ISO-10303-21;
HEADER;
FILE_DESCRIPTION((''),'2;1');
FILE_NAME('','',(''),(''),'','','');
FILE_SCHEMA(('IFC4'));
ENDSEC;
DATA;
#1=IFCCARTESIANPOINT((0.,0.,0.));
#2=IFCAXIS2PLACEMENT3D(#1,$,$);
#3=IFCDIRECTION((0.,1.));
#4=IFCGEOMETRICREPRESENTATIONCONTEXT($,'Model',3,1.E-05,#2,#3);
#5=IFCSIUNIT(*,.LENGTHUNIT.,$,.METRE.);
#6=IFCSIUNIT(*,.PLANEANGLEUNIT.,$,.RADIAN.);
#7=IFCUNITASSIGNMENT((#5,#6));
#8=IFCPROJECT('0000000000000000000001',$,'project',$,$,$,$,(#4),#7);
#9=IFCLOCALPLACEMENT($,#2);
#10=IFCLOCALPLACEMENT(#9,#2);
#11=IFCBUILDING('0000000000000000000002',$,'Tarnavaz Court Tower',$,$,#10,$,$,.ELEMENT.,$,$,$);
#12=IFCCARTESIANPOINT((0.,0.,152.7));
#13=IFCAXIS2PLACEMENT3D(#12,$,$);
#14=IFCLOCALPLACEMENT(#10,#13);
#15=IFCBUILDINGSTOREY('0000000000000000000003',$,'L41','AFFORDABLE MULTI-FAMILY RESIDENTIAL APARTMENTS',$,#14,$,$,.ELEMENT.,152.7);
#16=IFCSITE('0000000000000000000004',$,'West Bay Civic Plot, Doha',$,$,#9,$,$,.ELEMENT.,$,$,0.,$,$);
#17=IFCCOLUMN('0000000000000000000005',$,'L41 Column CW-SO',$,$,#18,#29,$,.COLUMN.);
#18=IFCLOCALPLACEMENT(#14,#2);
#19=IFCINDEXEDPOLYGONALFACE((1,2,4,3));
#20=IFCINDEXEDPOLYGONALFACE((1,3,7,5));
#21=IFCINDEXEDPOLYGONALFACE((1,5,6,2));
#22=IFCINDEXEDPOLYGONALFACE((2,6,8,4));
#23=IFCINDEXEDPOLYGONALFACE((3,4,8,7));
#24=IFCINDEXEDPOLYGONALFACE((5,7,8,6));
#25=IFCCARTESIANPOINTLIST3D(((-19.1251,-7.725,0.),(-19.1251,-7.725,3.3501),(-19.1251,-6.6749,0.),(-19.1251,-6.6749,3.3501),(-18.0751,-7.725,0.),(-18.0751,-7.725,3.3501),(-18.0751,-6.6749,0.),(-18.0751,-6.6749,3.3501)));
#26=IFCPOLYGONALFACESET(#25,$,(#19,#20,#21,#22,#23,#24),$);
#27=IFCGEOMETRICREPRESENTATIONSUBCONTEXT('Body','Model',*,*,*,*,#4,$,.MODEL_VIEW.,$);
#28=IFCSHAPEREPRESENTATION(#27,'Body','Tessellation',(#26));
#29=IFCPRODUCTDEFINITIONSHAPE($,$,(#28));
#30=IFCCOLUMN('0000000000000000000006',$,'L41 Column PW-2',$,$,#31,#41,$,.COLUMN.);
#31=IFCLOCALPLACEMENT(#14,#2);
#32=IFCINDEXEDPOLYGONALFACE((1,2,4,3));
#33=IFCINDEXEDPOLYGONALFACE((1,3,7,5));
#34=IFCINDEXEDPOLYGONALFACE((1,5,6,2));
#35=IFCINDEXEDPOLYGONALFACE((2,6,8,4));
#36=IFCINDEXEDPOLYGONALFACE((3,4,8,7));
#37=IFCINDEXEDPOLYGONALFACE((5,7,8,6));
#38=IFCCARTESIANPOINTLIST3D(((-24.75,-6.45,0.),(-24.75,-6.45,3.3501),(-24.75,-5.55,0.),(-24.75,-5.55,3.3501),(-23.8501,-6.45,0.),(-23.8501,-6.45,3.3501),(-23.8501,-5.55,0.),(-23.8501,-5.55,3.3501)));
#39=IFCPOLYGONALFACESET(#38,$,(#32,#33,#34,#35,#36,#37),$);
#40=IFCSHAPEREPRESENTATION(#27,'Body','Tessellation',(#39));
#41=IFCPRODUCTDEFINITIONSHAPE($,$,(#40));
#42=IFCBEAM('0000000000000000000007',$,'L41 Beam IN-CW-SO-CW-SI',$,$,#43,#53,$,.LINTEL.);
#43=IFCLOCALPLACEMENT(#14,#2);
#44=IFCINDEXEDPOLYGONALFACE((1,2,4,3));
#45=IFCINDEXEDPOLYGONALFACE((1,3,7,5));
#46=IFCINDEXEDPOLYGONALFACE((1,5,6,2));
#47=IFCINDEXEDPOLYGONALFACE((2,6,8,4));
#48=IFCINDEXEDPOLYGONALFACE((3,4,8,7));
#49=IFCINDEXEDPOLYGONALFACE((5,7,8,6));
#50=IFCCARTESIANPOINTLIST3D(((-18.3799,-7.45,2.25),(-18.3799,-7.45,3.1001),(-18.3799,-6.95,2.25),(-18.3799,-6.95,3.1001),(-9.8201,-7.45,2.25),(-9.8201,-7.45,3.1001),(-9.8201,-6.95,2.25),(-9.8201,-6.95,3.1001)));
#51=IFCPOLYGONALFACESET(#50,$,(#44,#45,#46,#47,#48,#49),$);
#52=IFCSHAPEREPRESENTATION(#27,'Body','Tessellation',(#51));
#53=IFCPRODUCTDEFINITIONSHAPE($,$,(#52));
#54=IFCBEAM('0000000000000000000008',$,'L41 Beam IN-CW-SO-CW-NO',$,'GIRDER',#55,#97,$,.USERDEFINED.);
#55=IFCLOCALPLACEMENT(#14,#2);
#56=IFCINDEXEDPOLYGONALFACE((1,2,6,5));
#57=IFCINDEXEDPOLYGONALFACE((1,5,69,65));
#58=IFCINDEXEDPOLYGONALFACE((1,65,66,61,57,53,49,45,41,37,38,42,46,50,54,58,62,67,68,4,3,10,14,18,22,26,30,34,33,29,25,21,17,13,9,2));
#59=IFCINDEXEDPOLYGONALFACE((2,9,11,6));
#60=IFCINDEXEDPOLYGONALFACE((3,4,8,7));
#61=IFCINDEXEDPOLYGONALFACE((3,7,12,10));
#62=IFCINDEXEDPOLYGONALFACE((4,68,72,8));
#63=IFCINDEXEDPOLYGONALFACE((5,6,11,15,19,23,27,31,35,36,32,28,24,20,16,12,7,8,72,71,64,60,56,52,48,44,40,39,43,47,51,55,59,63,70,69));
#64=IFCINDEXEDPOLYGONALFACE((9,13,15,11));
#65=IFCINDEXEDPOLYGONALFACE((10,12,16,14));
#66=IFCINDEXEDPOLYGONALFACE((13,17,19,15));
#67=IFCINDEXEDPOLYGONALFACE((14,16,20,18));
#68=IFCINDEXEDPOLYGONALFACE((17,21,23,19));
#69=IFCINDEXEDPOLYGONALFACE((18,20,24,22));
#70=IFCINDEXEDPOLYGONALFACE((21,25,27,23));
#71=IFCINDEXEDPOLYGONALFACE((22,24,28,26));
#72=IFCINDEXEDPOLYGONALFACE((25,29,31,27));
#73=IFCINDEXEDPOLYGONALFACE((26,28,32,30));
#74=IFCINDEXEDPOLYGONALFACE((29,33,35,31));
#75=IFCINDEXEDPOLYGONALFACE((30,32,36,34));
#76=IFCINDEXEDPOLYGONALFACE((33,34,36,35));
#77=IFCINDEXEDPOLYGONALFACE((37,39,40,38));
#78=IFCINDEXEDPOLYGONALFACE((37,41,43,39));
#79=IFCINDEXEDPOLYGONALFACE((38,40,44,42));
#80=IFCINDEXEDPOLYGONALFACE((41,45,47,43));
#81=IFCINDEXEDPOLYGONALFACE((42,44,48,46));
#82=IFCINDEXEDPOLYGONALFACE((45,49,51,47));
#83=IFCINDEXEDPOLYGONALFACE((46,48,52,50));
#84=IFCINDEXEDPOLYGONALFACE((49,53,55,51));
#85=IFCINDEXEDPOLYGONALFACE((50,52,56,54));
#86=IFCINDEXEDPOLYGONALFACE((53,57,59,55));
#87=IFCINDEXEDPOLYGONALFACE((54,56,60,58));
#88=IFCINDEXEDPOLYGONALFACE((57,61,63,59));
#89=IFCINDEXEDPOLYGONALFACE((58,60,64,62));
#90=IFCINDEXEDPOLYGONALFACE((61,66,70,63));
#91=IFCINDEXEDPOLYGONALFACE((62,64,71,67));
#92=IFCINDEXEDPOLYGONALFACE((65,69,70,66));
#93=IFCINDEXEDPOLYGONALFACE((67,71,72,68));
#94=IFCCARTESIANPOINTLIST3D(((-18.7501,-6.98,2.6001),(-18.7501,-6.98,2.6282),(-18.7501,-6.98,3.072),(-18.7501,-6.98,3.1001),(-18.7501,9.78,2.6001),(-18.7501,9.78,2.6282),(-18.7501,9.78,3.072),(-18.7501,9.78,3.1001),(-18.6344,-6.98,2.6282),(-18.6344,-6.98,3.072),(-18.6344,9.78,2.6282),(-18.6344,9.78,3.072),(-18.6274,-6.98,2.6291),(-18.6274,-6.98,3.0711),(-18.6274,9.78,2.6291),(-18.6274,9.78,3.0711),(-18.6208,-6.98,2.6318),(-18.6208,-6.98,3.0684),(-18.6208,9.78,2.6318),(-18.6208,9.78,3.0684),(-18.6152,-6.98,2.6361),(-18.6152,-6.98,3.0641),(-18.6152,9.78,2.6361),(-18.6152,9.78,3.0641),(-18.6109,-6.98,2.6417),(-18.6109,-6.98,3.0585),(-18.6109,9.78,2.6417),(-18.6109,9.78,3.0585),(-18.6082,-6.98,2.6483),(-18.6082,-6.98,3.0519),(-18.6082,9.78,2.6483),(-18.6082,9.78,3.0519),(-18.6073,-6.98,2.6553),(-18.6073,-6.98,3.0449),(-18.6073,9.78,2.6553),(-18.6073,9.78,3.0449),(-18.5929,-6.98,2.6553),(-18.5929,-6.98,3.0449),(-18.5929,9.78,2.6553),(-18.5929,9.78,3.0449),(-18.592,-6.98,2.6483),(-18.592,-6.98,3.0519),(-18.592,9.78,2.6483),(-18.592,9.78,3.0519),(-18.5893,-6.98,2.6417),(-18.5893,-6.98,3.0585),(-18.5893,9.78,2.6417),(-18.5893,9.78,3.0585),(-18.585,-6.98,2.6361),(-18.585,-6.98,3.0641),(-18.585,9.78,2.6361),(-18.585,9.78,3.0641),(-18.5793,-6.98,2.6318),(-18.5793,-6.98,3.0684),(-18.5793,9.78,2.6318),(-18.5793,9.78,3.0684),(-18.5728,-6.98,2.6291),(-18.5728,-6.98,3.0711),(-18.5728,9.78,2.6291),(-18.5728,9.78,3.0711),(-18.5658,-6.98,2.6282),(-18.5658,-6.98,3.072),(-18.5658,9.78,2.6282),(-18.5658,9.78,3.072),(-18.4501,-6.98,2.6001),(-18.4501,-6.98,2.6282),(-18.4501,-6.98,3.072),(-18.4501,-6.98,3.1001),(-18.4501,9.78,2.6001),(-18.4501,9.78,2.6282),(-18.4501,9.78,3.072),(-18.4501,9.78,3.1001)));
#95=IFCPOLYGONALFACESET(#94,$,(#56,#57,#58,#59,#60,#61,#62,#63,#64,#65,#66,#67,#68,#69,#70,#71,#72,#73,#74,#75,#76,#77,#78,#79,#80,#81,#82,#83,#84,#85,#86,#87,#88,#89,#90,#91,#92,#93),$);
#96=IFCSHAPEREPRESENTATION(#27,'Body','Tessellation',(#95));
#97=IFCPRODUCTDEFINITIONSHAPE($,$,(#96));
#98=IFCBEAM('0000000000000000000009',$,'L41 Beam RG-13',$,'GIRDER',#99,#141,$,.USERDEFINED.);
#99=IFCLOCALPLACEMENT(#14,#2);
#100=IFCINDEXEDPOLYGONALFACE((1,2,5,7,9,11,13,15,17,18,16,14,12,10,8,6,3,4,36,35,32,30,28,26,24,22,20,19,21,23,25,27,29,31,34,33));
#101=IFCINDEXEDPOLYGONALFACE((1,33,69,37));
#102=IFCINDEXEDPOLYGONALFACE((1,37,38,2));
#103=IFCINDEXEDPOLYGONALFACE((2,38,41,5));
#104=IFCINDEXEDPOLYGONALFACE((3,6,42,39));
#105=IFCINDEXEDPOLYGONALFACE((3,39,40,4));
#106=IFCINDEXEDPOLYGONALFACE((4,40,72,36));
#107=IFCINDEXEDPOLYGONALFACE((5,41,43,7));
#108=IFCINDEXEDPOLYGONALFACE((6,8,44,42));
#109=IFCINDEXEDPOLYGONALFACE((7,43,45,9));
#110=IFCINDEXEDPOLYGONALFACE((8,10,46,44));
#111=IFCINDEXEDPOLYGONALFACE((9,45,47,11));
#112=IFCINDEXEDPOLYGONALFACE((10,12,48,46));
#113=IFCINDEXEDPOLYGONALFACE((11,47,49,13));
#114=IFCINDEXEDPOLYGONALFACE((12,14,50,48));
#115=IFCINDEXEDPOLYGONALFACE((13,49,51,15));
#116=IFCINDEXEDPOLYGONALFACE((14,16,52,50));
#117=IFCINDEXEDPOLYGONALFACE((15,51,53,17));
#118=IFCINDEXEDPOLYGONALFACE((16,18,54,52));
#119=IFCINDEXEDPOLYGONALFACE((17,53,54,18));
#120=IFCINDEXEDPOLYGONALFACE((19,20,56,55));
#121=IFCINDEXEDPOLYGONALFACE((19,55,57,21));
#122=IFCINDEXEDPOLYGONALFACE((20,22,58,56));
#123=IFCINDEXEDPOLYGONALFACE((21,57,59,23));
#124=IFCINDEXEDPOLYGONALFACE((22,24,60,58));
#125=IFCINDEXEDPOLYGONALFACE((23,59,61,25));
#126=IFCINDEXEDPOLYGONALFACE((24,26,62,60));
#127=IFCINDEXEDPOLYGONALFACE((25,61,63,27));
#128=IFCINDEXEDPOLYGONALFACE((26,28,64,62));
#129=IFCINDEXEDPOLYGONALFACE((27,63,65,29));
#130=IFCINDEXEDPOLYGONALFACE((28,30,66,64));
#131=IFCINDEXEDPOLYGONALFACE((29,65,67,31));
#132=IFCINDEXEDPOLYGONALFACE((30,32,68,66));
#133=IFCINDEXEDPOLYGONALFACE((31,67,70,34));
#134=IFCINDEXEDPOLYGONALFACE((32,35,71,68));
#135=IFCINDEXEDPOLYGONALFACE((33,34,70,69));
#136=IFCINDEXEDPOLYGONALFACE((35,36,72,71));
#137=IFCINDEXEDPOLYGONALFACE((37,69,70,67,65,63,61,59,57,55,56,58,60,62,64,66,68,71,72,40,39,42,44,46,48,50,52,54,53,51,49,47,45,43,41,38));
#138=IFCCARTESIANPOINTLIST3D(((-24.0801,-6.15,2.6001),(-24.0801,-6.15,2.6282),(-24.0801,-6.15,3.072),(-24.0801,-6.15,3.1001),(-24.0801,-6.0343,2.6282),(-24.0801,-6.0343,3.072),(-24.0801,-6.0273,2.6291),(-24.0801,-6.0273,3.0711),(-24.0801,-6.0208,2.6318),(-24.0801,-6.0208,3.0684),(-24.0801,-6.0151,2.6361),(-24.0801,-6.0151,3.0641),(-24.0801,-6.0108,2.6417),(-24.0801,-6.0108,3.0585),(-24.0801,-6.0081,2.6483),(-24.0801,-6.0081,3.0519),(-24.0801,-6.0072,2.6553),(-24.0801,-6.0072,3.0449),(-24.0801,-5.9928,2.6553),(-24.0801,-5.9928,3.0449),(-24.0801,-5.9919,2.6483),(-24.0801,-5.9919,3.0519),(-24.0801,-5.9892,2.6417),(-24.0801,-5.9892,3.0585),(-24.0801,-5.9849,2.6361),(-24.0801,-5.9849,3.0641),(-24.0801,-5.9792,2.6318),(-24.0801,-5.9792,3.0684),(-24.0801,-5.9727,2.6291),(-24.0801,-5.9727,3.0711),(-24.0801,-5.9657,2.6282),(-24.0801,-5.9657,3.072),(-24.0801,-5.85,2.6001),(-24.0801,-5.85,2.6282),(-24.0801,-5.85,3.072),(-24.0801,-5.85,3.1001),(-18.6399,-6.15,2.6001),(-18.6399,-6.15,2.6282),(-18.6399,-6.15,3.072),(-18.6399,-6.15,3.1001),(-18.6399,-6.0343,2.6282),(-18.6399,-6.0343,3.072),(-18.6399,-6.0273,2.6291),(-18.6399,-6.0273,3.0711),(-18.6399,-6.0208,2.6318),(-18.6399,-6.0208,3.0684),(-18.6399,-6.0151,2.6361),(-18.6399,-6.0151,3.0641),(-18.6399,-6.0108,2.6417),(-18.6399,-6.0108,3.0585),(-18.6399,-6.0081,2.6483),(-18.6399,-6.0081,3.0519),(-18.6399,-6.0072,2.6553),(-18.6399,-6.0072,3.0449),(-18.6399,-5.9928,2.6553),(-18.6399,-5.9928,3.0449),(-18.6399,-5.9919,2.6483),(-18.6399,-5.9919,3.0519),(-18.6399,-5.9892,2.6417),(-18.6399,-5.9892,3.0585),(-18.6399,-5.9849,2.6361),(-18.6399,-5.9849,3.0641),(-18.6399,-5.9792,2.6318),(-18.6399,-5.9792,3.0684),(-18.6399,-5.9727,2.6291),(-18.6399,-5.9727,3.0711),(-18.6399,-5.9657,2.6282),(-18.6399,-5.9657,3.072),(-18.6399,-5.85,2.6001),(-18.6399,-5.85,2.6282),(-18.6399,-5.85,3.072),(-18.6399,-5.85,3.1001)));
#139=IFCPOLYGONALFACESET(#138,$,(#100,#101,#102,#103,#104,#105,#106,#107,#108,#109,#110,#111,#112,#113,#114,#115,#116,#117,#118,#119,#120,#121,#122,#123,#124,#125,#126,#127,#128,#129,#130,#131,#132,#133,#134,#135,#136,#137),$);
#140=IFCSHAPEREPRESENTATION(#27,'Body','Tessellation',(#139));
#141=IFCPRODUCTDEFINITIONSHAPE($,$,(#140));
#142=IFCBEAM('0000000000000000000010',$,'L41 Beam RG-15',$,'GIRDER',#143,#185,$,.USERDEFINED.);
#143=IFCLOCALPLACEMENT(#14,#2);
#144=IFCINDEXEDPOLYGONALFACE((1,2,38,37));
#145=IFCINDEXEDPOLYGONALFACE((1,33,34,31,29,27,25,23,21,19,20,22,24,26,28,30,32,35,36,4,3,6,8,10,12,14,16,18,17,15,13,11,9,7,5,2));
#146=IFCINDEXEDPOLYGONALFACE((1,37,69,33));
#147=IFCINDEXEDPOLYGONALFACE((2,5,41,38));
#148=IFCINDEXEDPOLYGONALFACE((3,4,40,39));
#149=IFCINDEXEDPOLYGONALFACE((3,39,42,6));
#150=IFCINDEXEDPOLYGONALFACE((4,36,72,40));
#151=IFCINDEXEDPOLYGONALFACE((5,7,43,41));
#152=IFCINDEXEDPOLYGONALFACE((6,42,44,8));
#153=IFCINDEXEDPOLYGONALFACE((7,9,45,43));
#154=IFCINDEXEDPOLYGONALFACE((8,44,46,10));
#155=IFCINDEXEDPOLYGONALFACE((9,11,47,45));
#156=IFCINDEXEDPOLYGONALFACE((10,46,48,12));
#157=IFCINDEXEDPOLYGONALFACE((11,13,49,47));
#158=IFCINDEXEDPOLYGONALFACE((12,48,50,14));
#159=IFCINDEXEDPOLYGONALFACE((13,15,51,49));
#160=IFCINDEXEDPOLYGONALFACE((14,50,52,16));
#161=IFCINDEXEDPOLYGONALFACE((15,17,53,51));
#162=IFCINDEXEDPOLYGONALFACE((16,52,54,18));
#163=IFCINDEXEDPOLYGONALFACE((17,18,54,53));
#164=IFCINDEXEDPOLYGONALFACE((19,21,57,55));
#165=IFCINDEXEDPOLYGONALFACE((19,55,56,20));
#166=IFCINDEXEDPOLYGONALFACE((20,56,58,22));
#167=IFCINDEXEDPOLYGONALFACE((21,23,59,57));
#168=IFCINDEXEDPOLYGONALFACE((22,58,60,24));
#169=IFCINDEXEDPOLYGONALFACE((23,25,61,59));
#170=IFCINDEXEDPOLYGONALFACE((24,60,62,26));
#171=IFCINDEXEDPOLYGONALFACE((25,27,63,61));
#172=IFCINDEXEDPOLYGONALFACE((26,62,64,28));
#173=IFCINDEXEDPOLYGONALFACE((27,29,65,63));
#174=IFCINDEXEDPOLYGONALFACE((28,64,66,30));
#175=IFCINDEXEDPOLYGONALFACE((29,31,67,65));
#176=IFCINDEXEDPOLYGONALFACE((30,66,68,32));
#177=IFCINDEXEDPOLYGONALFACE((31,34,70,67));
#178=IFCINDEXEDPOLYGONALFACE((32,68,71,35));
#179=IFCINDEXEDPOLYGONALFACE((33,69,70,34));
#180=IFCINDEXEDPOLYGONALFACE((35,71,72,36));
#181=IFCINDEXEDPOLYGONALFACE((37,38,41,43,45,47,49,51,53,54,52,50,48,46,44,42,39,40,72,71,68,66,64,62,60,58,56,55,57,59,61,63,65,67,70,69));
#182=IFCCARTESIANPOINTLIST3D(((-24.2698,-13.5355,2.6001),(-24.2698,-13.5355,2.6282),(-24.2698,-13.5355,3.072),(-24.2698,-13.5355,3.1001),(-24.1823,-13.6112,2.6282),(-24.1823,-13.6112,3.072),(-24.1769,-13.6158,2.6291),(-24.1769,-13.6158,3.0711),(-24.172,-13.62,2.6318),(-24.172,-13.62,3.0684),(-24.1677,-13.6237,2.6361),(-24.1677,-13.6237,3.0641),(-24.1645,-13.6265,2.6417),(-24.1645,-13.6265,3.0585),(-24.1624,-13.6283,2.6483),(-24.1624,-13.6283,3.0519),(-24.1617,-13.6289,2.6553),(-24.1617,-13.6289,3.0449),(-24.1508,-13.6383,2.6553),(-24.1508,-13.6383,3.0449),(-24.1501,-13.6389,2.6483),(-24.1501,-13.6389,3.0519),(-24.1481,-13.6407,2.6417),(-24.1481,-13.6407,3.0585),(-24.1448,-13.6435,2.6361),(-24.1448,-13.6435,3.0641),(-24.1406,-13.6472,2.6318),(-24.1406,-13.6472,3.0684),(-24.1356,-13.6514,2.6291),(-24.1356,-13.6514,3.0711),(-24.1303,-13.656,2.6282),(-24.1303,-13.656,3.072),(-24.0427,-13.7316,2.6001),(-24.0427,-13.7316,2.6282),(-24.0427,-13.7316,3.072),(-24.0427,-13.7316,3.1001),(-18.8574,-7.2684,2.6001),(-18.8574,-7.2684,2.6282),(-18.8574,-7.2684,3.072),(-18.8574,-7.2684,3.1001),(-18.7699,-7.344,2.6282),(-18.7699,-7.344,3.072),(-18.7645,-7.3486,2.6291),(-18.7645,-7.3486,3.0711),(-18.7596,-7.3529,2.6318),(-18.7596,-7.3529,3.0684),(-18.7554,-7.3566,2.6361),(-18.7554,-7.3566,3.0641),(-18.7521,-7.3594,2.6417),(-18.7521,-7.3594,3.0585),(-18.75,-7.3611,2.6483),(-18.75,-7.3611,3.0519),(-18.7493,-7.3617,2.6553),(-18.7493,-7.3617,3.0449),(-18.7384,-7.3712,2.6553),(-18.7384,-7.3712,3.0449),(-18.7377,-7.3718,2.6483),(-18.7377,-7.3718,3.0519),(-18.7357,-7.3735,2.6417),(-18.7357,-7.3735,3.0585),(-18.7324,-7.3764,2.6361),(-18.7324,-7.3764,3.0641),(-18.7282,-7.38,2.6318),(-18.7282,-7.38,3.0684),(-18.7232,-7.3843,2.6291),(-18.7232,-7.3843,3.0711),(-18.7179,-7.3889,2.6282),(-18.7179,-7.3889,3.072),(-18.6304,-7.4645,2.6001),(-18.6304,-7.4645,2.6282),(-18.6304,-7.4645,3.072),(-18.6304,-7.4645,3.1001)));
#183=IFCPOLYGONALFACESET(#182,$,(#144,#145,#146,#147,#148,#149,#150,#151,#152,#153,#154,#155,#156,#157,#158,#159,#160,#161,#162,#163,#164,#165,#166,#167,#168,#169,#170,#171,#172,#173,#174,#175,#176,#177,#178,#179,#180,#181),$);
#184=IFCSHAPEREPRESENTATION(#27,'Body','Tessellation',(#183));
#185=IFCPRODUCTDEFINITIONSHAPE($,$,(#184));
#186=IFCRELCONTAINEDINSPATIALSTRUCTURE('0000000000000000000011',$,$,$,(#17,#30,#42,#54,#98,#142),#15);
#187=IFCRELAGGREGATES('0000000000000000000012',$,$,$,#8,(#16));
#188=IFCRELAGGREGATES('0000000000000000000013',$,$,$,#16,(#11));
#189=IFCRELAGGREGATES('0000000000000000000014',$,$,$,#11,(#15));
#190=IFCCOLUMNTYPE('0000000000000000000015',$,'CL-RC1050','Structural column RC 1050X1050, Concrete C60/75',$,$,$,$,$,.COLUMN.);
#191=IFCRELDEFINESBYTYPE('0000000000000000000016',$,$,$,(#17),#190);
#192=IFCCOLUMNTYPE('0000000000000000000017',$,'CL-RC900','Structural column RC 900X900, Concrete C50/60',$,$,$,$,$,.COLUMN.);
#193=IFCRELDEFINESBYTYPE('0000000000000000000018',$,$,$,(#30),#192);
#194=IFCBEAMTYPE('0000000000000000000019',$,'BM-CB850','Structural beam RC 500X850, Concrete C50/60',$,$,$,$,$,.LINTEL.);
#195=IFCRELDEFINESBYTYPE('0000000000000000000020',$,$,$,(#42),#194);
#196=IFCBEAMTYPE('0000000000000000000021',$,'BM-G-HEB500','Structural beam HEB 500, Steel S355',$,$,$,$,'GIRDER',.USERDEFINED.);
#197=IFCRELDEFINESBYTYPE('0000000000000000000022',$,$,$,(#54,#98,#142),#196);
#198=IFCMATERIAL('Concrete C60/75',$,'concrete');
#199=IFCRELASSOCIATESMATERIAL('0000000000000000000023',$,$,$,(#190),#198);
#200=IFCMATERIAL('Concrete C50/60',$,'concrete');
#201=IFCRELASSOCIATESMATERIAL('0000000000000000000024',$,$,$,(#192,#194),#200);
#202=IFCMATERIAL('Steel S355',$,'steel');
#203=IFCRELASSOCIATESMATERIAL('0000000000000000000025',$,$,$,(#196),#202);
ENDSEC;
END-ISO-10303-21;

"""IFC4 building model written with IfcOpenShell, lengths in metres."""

from ifc_helpers import new_model, si_unit, direction, frame, origin, origin_2d, place, context, subcontext, project, spatial, rectangle, i_section, extrude, material, material_profile, profile_set, type_object, element, save


model = new_model("IFC4")

# Units and contexts
model_context = context("Model", 3, precision=1e-05, world=origin(), true_north=direction((0.0, 1.0)))
body_context = subcontext(model_context, "Body", "Model", "MODEL_VIEW")
ifc_project = project(units=[si_unit("LENGTHUNIT", "METRE"), si_unit("PLANEANGLEUNIT", "RADIAN")], contexts=[model_context])

# Site, building, storey
site_placement = place(None, origin())
site = spatial("IfcSite", under=ifc_project, at=site_placement, Name="West Bay Civic Plot, Doha", CompositionType="ELEMENT", RefElevation=0.0)
building_placement = place(site_placement, origin())
building = spatial("IfcBuilding", under=site, at=building_placement, Name="Tarnavaz Court Tower", CompositionType="ELEMENT")
storey_placement = place(building_placement, frame((0.0, 0.0, 152.7)))
storey = spatial("IfcBuildingStorey", under=building, at=storey_placement, Name="L41", Description="AFFORDABLE MULTI-FAMILY RESIDENTIAL APARTMENTS", CompositionType="ELEMENT", Elevation=152.7)

# Columns
ifc_material_1 = material(Name="Concrete C60/75", Category="concrete")
ifc_material_profile_1 = material_profile(ifc_material_1, rectangle(XDim=1.05, YDim=1.05, at=origin_2d()), Name="RC 1050X1050")
ifc_profile_set_1 = profile_set([ifc_material_profile_1], Name="Concrete C60/75")
column_type_1 = type_object("IfcColumnType", Name="CL-RC1050", Description="Structural column RC 1050X1050, Concrete C60/75", PredefinedType="COLUMN", material=ifc_profile_set_1)
column_1_placement = place(storey_placement, frame((-18.6001, -7.2, 0.0), z_axis=(0.0, 0.0, 1.0), x_axis=(1.0, 0.0, 0.0)))
element("IfcColumn", 1, at=column_1_placement, inside=storey, type_object=column_type_1, Name="L41 Column CW-SO", PredefinedType="COLUMN", context=body_context, shape_type="SweptSolid", body=[
    extrude(rectangle(XDim=1.05, YDim=1.05, at=origin_2d()), origin(), (0.0, 0.0, 1.0), 3.3501),
])
ifc_material_2 = material(Name="Concrete C50/60", Category="concrete")
ifc_material_profile_2 = material_profile(ifc_material_2, rectangle(XDim=0.8999, YDim=0.8999, at=origin_2d()), Name="RC 900X900")
ifc_profile_set_2 = profile_set([ifc_material_profile_2], Name="Concrete C50/60")
column_type_2 = type_object("IfcColumnType", Name="CL-RC900", Description="Structural column RC 900X900, Concrete C50/60", PredefinedType="COLUMN", material=ifc_profile_set_2)
column_2_placement = place(storey_placement, frame((-24.3, -6.0, 0.0), z_axis=(0.0, 0.0, 1.0), x_axis=(1.0, 0.0, 0.0)))
element("IfcColumn", 2, at=column_2_placement, inside=storey, type_object=column_type_2, Name="L41 Column PW-2", PredefinedType="COLUMN", context=body_context, shape_type="SweptSolid", body=[
    extrude(rectangle(XDim=0.8999, YDim=0.8999, at=origin_2d()), origin(), (0.0, 0.0, 1.0), 3.3501),
])

# Beams
ifc_material_profile_3 = material_profile(ifc_material_2, rectangle(XDim=0.5, YDim=0.8501, at=origin_2d()), Name="RC 500X850")
ifc_profile_set_3 = profile_set([ifc_material_profile_3], Name="Concrete C50/60")
beam_type_1 = type_object("IfcBeamType", Name="BM-CB850", Description="Structural beam RC 500X850, Concrete C50/60", PredefinedType="LINTEL", material=ifc_profile_set_3)
beam_1_placement = place(storey_placement, frame((-18.3799, -7.2, 2.675), z_axis=(1.0, 0.0, 0.0), x_axis=(0.0, 1.0, 0.0)))
element("IfcBeam", 3, at=beam_1_placement, inside=storey, type_object=beam_type_1, Name="L41 Beam IN-CW-SO-CW-SI", PredefinedType="LINTEL", context=body_context, shape_type="SweptSolid", body=[
    extrude(rectangle(XDim=0.5, YDim=0.8501, at=origin_2d()), origin(), (0.0, 0.0, 1.0), 8.5598),
])
ifc_material_3 = material(Name="Steel S355", Category="steel")
ifc_material_profile_4 = material_profile(ifc_material_3, i_section(OverallWidth=0.3, OverallDepth=0.5, WebThickness=0.0144, FlangeThickness=0.0281, FilletRadius=0.0271, at=origin_2d()), Name="HEB 500")
ifc_profile_set_4 = profile_set([ifc_material_profile_4], Name="Steel S355")
beam_type_2 = type_object("IfcBeamType", Name="BM-G-HEB500", Description="Structural beam HEB 500, Steel S355", ElementType="GIRDER", PredefinedType="USERDEFINED", material=ifc_profile_set_4)
beam_2_placement = place(storey_placement, frame((-18.6001, -6.98, 2.8501), z_axis=(0.0, 1.0, 0.0), x_axis=(-1.0, 0.0, 0.0)))
element("IfcBeam", 4, at=beam_2_placement, inside=storey, type_object=beam_type_2, Name="L41 Beam IN-CW-SO-CW-NO", ObjectType="GIRDER", PredefinedType="USERDEFINED", context=body_context, shape_type="SweptSolid", body=[
    extrude(i_section(OverallWidth=0.3, OverallDepth=0.5, WebThickness=0.0144, FlangeThickness=0.0281, FilletRadius=0.0271, at=origin_2d()), origin(), (0.0, 0.0, 1.0), 16.76),
])
beam_3_placement = place(storey_placement, frame((-18.6399, -6.0, 2.8501), z_axis=(-1.0, 0.0, 0.0), x_axis=(0.0, -1.0, 0.0)))
element("IfcBeam", 5, at=beam_3_placement, inside=storey, type_object=beam_type_2, Name="L41 Beam RG-13", ObjectType="GIRDER", PredefinedType="USERDEFINED", context=body_context, shape_type="SweptSolid", body=[
    extrude(i_section(OverallWidth=0.3, OverallDepth=0.5, WebThickness=0.0144, FlangeThickness=0.0281, FilletRadius=0.0271, at=origin_2d()), origin(), (0.0, 0.0, 1.0), 5.4402),
])
beam_4_placement = place(storey_placement, frame((-18.7439, -7.3665, 2.8501), z_axis=(-0.653611, -0.756831, 0.0), x_axis=(0.756831, -0.653611, 0.0)))
element("IfcBeam", 6, at=beam_4_placement, inside=storey, type_object=beam_type_2, Name="L41 Beam RG-15", ObjectType="GIRDER", PredefinedType="USERDEFINED", context=body_context, shape_type="SweptSolid", body=[
    extrude(i_section(OverallWidth=0.3, OverallDepth=0.5, WebThickness=0.0144, FlangeThickness=0.0281, FilletRadius=0.0271, at=origin_2d()), origin(), (0.0, 0.0, 1.0), 8.2808),
])

save(model, "model.ifc")
